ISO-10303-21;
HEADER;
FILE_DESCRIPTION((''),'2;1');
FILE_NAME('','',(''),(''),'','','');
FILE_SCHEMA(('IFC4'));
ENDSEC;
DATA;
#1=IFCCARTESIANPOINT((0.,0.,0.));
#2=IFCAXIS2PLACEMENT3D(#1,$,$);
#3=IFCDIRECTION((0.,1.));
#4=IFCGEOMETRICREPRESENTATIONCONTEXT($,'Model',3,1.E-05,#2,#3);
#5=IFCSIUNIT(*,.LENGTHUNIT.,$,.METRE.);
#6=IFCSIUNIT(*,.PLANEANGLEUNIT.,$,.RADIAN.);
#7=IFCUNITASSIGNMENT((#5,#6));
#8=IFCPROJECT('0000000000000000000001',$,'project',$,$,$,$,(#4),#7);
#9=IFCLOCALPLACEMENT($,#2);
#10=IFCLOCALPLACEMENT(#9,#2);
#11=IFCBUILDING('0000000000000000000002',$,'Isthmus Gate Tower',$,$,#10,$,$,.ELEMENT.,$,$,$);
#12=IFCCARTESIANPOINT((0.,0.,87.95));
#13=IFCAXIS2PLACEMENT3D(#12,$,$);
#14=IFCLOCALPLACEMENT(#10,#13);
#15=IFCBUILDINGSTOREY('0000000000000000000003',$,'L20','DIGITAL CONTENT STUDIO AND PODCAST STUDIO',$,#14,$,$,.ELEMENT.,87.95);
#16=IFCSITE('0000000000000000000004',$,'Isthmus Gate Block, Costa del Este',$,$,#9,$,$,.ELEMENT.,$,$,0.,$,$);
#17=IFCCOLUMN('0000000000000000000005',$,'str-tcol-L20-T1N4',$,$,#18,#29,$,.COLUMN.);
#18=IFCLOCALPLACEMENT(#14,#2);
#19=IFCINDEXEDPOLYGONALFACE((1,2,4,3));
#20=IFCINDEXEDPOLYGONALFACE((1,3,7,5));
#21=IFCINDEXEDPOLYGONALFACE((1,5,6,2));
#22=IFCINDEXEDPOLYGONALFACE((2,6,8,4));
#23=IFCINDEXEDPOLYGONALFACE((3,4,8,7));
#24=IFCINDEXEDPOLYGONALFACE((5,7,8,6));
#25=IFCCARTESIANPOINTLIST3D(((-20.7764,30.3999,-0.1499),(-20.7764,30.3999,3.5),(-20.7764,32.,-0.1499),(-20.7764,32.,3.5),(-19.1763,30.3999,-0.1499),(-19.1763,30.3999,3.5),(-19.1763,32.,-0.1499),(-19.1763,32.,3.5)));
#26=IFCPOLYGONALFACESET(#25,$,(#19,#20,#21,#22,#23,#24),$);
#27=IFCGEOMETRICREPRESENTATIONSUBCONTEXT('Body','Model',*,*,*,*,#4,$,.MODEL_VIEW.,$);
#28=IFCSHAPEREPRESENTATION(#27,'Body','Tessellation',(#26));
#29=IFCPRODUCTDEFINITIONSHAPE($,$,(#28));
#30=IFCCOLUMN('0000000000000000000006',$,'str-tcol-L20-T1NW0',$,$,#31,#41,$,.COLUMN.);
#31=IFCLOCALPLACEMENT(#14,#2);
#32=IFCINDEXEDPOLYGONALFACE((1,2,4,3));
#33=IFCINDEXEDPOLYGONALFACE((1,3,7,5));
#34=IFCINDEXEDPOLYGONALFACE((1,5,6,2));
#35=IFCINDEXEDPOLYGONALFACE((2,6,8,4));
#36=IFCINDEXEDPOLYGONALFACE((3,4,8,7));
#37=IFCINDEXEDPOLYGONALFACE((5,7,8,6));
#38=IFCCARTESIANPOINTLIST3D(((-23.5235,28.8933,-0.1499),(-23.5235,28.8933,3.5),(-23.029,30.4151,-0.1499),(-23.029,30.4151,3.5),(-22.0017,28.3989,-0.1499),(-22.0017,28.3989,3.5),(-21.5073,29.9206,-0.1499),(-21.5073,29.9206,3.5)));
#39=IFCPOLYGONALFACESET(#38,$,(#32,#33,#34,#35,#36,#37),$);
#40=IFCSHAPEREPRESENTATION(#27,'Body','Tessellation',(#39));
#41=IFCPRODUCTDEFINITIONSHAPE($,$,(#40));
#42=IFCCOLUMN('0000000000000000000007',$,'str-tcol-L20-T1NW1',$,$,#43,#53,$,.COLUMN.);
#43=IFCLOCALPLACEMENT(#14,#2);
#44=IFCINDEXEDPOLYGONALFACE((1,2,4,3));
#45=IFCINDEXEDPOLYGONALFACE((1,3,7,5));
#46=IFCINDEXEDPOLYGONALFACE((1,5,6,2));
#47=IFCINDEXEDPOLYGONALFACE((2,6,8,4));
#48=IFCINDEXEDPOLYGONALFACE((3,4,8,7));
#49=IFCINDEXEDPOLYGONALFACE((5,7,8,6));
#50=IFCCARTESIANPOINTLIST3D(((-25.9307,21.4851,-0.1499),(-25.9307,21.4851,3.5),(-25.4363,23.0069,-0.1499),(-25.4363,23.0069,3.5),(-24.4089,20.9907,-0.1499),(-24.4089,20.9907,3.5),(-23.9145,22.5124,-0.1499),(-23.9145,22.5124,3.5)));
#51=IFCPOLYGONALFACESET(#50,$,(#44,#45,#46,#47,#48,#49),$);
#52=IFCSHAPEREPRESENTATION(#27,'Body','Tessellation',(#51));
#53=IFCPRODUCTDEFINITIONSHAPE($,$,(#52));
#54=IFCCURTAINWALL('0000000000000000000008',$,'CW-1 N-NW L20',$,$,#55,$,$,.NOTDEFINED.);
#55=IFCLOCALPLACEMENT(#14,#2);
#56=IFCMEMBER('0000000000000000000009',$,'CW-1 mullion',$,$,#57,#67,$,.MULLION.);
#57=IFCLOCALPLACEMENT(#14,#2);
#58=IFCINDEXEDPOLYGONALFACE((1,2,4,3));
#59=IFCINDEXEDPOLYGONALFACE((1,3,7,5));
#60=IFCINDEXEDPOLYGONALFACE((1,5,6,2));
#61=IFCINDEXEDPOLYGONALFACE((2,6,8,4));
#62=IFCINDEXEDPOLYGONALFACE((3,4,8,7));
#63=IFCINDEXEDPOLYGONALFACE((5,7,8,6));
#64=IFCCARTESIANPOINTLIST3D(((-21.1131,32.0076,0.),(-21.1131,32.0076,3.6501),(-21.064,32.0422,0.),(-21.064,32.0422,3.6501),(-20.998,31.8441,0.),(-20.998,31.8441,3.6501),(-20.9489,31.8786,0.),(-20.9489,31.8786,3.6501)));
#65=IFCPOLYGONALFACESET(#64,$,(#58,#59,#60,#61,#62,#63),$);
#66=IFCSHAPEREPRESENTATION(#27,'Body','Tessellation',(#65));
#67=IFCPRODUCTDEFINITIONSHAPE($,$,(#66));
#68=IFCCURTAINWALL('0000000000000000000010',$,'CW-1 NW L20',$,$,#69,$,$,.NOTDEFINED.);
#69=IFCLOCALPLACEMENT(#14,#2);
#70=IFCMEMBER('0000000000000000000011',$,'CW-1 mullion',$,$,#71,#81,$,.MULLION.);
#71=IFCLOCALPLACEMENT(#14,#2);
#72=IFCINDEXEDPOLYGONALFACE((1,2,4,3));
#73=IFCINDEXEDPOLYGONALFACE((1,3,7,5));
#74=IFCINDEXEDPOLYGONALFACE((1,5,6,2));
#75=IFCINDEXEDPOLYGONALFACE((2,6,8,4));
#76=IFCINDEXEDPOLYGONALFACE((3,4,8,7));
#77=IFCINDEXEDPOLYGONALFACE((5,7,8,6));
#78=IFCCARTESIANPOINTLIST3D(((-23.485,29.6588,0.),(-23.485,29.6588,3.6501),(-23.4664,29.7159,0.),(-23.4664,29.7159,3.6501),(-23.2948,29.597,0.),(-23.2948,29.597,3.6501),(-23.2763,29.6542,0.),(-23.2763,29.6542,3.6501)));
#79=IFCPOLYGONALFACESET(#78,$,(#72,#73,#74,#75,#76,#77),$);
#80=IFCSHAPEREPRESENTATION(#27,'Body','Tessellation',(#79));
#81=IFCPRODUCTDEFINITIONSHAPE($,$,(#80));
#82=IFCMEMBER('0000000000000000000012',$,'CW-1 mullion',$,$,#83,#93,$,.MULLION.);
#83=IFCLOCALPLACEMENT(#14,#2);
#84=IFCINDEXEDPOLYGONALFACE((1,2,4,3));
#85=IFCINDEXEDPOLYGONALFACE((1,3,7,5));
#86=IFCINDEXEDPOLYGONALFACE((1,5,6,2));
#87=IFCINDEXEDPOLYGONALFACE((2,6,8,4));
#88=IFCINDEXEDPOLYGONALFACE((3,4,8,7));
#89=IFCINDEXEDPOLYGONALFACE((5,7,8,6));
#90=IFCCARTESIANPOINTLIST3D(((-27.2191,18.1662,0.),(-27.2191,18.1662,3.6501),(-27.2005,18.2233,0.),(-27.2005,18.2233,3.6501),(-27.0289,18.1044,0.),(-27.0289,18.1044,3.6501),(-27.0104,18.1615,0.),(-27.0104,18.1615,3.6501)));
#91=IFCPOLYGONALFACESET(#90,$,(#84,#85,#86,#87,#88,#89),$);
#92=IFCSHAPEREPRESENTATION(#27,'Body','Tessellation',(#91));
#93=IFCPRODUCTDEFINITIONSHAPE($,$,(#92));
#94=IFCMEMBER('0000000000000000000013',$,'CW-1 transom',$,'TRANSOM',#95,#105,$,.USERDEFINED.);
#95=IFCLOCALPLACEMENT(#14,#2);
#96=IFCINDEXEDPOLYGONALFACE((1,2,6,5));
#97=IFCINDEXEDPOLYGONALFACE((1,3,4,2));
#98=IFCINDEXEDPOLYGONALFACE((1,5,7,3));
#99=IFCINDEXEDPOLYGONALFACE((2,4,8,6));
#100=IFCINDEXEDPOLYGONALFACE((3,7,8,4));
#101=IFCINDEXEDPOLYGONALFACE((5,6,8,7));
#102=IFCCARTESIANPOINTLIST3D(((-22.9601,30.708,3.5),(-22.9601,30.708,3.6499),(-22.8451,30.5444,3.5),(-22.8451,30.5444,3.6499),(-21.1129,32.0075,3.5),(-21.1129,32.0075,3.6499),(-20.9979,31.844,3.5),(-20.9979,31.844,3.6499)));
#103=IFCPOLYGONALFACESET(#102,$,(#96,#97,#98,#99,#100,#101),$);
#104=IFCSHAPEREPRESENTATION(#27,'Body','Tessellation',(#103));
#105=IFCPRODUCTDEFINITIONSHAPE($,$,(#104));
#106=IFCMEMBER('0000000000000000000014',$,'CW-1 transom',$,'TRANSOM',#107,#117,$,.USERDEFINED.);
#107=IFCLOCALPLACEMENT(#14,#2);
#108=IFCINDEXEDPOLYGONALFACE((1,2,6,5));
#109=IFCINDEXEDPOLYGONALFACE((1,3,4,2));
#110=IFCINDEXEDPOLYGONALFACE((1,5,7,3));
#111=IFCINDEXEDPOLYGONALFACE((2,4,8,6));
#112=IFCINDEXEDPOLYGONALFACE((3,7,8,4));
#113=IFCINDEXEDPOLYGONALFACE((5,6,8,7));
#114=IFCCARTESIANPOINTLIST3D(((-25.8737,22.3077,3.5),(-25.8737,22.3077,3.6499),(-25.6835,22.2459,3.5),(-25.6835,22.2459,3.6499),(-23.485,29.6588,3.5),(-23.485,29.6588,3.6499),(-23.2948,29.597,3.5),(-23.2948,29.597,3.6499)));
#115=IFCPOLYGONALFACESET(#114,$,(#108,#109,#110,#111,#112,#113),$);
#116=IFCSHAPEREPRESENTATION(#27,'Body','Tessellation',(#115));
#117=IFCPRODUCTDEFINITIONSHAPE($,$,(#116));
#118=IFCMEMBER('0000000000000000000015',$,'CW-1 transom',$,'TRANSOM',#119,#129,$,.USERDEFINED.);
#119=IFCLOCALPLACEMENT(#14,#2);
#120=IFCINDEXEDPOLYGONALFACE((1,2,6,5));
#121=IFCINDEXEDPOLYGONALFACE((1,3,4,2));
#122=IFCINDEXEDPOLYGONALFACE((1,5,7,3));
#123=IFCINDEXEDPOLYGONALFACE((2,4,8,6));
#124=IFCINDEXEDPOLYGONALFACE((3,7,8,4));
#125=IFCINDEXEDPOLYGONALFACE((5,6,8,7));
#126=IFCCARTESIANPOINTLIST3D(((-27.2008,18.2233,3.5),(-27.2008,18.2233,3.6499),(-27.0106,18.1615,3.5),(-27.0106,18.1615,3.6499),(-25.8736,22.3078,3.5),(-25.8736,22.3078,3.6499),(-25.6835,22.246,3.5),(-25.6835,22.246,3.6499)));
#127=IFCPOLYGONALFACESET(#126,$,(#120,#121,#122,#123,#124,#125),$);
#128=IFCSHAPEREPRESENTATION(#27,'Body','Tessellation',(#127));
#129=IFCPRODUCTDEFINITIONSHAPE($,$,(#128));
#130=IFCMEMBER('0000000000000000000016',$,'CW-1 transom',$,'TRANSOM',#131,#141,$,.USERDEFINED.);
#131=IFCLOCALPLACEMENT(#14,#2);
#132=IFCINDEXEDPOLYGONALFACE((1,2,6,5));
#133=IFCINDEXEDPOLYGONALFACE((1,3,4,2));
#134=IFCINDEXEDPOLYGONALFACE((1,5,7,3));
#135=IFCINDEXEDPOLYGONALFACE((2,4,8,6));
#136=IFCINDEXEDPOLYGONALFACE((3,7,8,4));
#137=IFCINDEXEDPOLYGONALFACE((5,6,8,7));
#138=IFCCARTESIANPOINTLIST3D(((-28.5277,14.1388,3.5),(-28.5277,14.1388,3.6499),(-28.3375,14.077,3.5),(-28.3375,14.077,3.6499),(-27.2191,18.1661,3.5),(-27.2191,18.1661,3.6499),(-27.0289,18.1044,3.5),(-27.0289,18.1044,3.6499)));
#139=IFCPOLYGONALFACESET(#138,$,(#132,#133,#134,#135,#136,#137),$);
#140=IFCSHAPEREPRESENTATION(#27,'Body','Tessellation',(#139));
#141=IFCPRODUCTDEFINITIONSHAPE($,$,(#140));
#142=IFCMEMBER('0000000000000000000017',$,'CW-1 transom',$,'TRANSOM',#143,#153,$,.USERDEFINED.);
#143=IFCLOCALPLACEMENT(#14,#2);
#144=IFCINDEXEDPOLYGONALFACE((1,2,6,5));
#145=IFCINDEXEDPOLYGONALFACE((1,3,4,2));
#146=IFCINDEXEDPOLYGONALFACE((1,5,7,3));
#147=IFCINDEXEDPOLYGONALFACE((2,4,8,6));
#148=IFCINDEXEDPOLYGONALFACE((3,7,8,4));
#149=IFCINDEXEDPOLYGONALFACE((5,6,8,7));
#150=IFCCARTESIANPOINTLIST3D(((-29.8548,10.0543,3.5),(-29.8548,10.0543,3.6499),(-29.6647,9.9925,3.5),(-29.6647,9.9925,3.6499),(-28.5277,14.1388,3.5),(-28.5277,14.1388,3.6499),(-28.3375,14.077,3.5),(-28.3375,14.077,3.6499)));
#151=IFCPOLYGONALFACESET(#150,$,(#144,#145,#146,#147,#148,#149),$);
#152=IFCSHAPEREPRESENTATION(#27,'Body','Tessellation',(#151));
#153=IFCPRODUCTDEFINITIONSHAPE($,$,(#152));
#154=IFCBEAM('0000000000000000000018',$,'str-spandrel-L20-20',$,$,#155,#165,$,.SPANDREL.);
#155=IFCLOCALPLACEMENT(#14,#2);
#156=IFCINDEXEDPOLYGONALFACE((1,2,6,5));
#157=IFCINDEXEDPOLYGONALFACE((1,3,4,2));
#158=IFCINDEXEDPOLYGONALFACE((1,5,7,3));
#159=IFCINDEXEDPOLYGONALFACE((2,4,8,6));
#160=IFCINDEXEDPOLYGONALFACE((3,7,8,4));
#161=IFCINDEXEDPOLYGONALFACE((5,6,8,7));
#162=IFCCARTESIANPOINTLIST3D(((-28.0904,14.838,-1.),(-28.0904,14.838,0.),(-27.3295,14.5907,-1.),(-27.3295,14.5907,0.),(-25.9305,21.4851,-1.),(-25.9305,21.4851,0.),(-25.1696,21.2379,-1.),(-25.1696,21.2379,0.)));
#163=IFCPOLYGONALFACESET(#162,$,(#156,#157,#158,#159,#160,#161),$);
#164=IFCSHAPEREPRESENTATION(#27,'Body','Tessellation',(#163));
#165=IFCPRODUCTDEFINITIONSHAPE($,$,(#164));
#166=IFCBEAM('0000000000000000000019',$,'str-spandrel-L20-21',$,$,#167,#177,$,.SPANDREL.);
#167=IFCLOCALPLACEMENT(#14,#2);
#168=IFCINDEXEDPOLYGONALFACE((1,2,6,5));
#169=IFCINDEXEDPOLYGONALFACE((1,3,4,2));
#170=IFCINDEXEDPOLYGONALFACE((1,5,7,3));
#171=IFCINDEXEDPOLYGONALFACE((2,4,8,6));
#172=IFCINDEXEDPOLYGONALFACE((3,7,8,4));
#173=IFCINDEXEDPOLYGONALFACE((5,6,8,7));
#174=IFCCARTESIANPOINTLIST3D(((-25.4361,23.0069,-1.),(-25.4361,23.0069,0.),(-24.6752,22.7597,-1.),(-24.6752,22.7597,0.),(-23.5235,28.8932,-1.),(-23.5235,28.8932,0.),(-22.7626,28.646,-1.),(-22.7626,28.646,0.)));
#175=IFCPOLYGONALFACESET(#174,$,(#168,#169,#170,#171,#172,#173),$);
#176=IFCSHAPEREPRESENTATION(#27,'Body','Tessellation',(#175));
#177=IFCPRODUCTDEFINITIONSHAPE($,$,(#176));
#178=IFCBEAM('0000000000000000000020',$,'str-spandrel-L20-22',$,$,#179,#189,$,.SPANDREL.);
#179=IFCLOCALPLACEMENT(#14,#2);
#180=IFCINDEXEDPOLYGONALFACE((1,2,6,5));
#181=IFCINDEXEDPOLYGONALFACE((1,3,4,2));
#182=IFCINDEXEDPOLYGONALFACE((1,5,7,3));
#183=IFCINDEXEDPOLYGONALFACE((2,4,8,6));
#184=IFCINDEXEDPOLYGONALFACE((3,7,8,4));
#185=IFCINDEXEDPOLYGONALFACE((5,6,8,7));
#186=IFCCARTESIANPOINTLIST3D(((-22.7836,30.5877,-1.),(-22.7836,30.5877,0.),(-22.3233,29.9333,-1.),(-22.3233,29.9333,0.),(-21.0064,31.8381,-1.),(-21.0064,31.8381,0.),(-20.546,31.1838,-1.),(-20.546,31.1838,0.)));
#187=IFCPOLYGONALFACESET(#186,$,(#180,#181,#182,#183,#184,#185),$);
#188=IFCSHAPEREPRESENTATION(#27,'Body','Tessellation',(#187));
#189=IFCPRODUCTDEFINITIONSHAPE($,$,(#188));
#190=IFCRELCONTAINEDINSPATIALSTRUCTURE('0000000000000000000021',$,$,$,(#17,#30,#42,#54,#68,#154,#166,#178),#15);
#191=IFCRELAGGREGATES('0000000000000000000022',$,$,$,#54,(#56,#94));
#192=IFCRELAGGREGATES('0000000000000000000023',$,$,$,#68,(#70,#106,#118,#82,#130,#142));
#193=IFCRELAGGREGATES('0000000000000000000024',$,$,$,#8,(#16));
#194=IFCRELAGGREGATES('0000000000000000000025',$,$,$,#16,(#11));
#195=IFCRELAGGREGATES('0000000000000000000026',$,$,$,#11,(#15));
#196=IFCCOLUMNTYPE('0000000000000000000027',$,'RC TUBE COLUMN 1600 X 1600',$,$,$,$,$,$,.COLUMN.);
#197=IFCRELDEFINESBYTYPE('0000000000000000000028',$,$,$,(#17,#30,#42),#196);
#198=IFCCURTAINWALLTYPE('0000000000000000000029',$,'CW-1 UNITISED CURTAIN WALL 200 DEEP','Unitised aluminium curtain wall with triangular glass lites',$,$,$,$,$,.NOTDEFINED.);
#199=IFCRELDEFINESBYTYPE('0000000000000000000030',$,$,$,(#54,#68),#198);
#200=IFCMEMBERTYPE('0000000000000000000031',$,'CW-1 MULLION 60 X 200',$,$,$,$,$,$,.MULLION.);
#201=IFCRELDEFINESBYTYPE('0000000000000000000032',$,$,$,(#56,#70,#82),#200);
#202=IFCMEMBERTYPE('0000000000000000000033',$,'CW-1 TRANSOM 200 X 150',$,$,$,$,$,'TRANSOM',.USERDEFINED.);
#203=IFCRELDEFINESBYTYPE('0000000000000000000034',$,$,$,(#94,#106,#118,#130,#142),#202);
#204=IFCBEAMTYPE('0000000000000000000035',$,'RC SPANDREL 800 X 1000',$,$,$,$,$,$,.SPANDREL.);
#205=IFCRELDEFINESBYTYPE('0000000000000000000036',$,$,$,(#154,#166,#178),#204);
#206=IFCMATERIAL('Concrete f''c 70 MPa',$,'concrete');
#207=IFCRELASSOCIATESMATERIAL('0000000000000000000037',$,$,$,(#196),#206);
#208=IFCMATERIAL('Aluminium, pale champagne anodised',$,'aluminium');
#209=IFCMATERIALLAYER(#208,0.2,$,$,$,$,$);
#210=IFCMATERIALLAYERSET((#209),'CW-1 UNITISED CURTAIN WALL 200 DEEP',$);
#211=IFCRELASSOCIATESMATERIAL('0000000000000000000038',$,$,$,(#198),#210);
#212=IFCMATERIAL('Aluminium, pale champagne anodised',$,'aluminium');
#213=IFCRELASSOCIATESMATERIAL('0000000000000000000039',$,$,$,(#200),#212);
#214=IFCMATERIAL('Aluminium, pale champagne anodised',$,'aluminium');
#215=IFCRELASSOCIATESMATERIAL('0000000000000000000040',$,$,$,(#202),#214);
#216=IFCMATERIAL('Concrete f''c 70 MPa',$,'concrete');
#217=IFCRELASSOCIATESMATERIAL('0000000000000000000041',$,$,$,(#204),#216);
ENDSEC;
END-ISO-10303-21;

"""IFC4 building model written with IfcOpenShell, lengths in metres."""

from ifc_helpers import new_model, si_unit, direction, frame, origin, origin_2d, place, context, subcontext, project, spatial, rectangle, extrude, material, layer, layer_set, material_profile, profile_set, type_object, element, aggregate, save


model = new_model("IFC4")

# Units and contexts
model_context = context("Model", 3, precision=1e-05, world=origin(), true_north=direction((0.0, 1.0)))
body_context = subcontext(model_context, "Body", "Model", "MODEL_VIEW")
ifc_project = project(units=[si_unit("LENGTHUNIT", "METRE"), si_unit("PLANEANGLEUNIT", "RADIAN")], contexts=[model_context])

# Site, building, storey
site_placement = place(None, origin())
site = spatial("IfcSite", under=ifc_project, at=site_placement, Name="Isthmus Gate Block, Costa del Este", CompositionType="ELEMENT", RefElevation=0.0)
building_placement = place(site_placement, origin())
building = spatial("IfcBuilding", under=site, at=building_placement, Name="Isthmus Gate Tower", CompositionType="ELEMENT")
storey_placement = place(building_placement, frame((0.0, 0.0, 87.95)))
storey = spatial("IfcBuildingStorey", under=building, at=storey_placement, Name="L20", Description="DIGITAL CONTENT STUDIO AND PODCAST STUDIO", CompositionType="ELEMENT", Elevation=87.95)

# Columns
ifc_material_1 = material(Name="Concrete f'c 70 MPa", Category="concrete")
ifc_material_profile_1 = material_profile(ifc_material_1, rectangle(XDim=1.6001, YDim=1.6001, at=origin_2d()), Name="RC 1600X1600")
ifc_profile_set_1 = profile_set([ifc_material_profile_1], Name="Concrete f'c 70 MPa")
column_type = type_object("IfcColumnType", Name="RC TUBE COLUMN 1600 X 1600", PredefinedType="COLUMN", material=ifc_profile_set_1)
for number, where, z_axis, x_axis, name in (
    (1, (-19.9763, 31.2, -0.1499), (0.0, 0.0, 1.0), (-1.0, 0.0, 0.0), "str-tcol-L20-T1N4"),
    (2, (-22.5154, 29.407, -0.1499), (0.0, 0.0, 1.0), (-0.309017, -0.951057, 0.0), "str-tcol-L20-T1NW0"),
    (3, (-24.9226, 21.9988, -0.1499), (0.0, 0.0, 1.0), (-0.309017, -0.951057, 0.0), "str-tcol-L20-T1NW1"),
):
    element("IfcColumn", number, at=place(storey_placement, frame(where, z_axis=z_axis, x_axis=x_axis)), inside=storey, type_object=column_type, Name=name, PredefinedType="COLUMN", context=body_context, shape_type="SweptSolid", body=[
        extrude(rectangle(XDim=1.6001, YDim=1.6001, at=origin_2d()), origin(), (0.0, 0.0, 1.0), 3.6499),
    ])

# Curtain wall, member
ifc_material_2 = material(Name="Aluminium, pale champagne anodised", Category="aluminium")
ifc_layer_1 = layer(ifc_material_2, 0.2)
ifc_layer_set_1 = layer_set([ifc_layer_1], Name="CW-1 UNITISED CURTAIN WALL 200 DEEP")
curtain_wall_type = type_object("IfcCurtainWallType", Name="CW-1 UNITISED CURTAIN WALL 200 DEEP", Description="Unitised aluminium curtain wall with triangular glass lites", PredefinedType="NOTDEFINED", material=ifc_layer_set_1)
curtain_wall_1_placement = place(storey_placement, origin())
curtain_wall_1 = element("IfcCurtainWall", 4, at=curtain_wall_1_placement, inside=storey, type_object=curtain_wall_type, Name="CW-1 N-NW L20", PredefinedType="NOTDEFINED")
ifc_material_3 = material(Name="Aluminium, pale champagne anodised", Category="aluminium")
ifc_material_profile_2 = material_profile(ifc_material_3, rectangle(XDim=0.0601, YDim=0.2, at=origin_2d()), Name="60x200")
ifc_profile_set_2 = profile_set([ifc_material_profile_2], Name="Aluminium, pale champagne anodised")
member_type_1 = type_object("IfcMemberType", Name="CW-1 MULLION 60 X 200", PredefinedType="MULLION", material=ifc_profile_set_2)
member_1_placement = place(storey_placement, frame((-21.031, 31.9431, 0.0), z_axis=(0.0, 0.0, 1.0), x_axis=(-0.81786, -0.575418, 0.0)))
member_1 = element("IfcMember", 5, at=member_1_placement, type_object=member_type_1, Name="CW-1 mullion", PredefinedType="MULLION", context=body_context, shape_type="SweptSolid", body=[
    extrude(rectangle(XDim=0.0601, YDim=0.2, at=origin_2d()), origin(), (0.0, 0.0, 1.0), 3.6501),
])

# Curtain wall, members
curtain_wall_2_placement = place(storey_placement, origin())
curtain_wall_2 = element("IfcCurtainWall", 6, at=curtain_wall_2_placement, inside=storey, type_object=curtain_wall_type, Name="CW-1 NW L20", PredefinedType="NOTDEFINED")
member_2_placement = place(storey_placement, frame((-23.3806, 29.6565, 0.0), z_axis=(0.0, 0.0, 1.0), x_axis=(-0.309017, -0.951057, 0.0)))
member_2 = element("IfcMember", 7, at=member_2_placement, type_object=member_type_1, Name="CW-1 mullion", PredefinedType="MULLION", context=body_context, shape_type="SweptSolid", body=[
    extrude(rectangle(XDim=0.0601, YDim=0.2, at=origin_2d()), origin(), (0.0, 0.0, 1.0), 3.6501),
])
member_3_placement = place(storey_placement, frame((-27.1147, 18.1638, 0.0), z_axis=(0.0, 0.0, 1.0), x_axis=(-0.309017, -0.951057, 0.0)))
member_3 = element("IfcMember", 8, at=member_3_placement, type_object=member_type_1, Name="CW-1 mullion", PredefinedType="MULLION", context=body_context, shape_type="SweptSolid", body=[
    extrude(rectangle(XDim=0.0601, YDim=0.2, at=origin_2d()), origin(), (0.0, 0.0, 1.0), 3.6501),
])

# Members
ifc_material_4 = material(Name="Aluminium, pale champagne anodised", Category="aluminium")
ifc_material_profile_3 = material_profile(ifc_material_4, rectangle(XDim=0.2, YDim=0.1499, at=origin_2d()), Name="200x150")
ifc_profile_set_3 = profile_set([ifc_material_profile_3], Name="Aluminium, pale champagne anodised")
member_type_2 = type_object("IfcMemberType", Name="CW-1 TRANSOM 200 X 150", ElementType="TRANSOM", PredefinedType="USERDEFINED", material=ifc_profile_set_3)
member_4_placement = place(storey_placement, frame((-21.0554, 31.9258, 3.575), z_axis=(-0.817869, -0.575405, 0.0), x_axis=(0.575405, -0.817869, 0.0)))
member_4 = element("IfcMember", 9, at=member_4_placement, type_object=member_type_2, Name="CW-1 transom", ObjectType="TRANSOM", PredefinedType="USERDEFINED", context=body_context, shape_type="SweptSolid", body=[
    extrude(rectangle(XDim=0.2, YDim=0.1499, at=origin_2d()), origin(), (0.0, 0.0, 1.0), 2.2585),
])
member_5_placement = place(storey_placement, frame((-23.3899, 29.6279, 3.575), z_axis=(-0.309036, -0.95105, 0.0), x_axis=(0.95105, -0.309036, 0.0)))
member_5 = element("IfcMember", 10, at=member_5_placement, type_object=member_type_2, Name="CW-1 transom", ObjectType="TRANSOM", PredefinedType="USERDEFINED", context=body_context, shape_type="SweptSolid", body=[
    extrude(rectangle(XDim=0.2, YDim=0.1499, at=origin_2d()), origin(), (0.0, 0.0, 1.0), 7.7295),
])
member_6_placement = place(storey_placement, frame((-25.7786, 22.2769, 3.575), z_axis=(-0.309022, -0.951055, 0.0), x_axis=(0.951055, -0.309022, 0.0)))
member_6 = element("IfcMember", 11, at=member_6_placement, type_object=member_type_2, Name="CW-1 transom", ObjectType="TRANSOM", PredefinedType="USERDEFINED", context=body_context, shape_type="SweptSolid", body=[
    extrude(rectangle(XDim=0.2, YDim=0.1499, at=origin_2d()), origin(), (0.0, 0.0, 1.0), 4.2947),
])
member_7_placement = place(storey_placement, frame((-27.124, 18.1353, 3.575), z_axis=(-0.309023, -0.951054, 0.0), x_axis=(0.951054, -0.309023, 0.0)))
member_7 = element("IfcMember", 12, at=member_7_placement, type_object=member_type_2, Name="CW-1 transom", ObjectType="TRANSOM", PredefinedType="USERDEFINED", context=body_context, shape_type="SweptSolid", body=[
    extrude(rectangle(XDim=0.2, YDim=0.1499, at=origin_2d()), origin(), (0.0, 0.0, 1.0), 4.2346),
])
member_8_placement = place(storey_placement, frame((-28.4326, 14.1079, 3.575), z_axis=(-0.309022, -0.951055, 0.0), x_axis=(0.951055, -0.309022, 0.0)))
member_8 = element("IfcMember", 13, at=member_8_placement, type_object=member_type_2, Name="CW-1 transom", ObjectType="TRANSOM", PredefinedType="USERDEFINED", context=body_context, shape_type="SweptSolid", body=[
    extrude(rectangle(XDim=0.2, YDim=0.1499, at=origin_2d()), origin(), (0.0, 0.0, 1.0), 4.2947),
])

# Beams
ifc_material_5 = material(Name="Concrete f'c 70 MPa", Category="concrete")
ifc_material_profile_4 = material_profile(ifc_material_5, rectangle(XDim=0.8, YDim=1.0, at=origin_2d()), Name="RC 800X1000")
ifc_profile_set_4 = profile_set([ifc_material_profile_4], Name="Concrete f'c 70 MPa")
beam_type_1 = type_object("IfcBeamType", Name="RC SPANDREL 800 X 1000", PredefinedType="SPANDREL", material=ifc_profile_set_4)
beam_1_placement = place(storey_placement, frame((-27.71, 14.7144, -0.5), z_axis=(0.30903, 0.951052, 0.0), x_axis=(-0.951052, 0.30903, 0.0)))
element("IfcBeam", 14, at=beam_1_placement, inside=storey, type_object=beam_type_1, Name="str-spandrel-L20-20", PredefinedType="SPANDREL", context=body_context, shape_type="SweptSolid", body=[
    extrude(rectangle(XDim=0.8, YDim=1.0, at=origin_2d()), origin(), (0.0, 0.0, 1.0), 6.9893),
])
beam_2_placement = place(storey_placement, frame((-25.0557, 22.8833, -0.5), z_axis=(0.309024, 0.951054, 0.0), x_axis=(-0.951054, 0.309024, 0.0)))
element("IfcBeam", 15, at=beam_2_placement, inside=storey, type_object=beam_type_1, Name="str-spandrel-L20-21", PredefinedType="SPANDREL", context=body_context, shape_type="SweptSolid", body=[
    extrude(rectangle(XDim=0.8, YDim=1.0, at=origin_2d()), origin(), (0.0, 0.0, 1.0), 6.1892),
])
beam_3_placement = place(storey_placement, frame((-22.5535, 30.2605, -0.5), z_axis=(0.817857, 0.575421, 0.0), x_axis=(-0.575421, 0.817857, 0.0)))
element("IfcBeam", 16, at=beam_3_placement, inside=storey, type_object=beam_type_1, Name="str-spandrel-L20-22", PredefinedType="SPANDREL", context=body_context, shape_type="SweptSolid", body=[
    extrude(rectangle(XDim=0.8, YDim=1.0, at=origin_2d()), origin(), (0.0, 0.0, 1.0), 2.1731),
])

aggregate(curtain_wall_1, [member_1, member_4])

aggregate(curtain_wall_2, [member_2, member_5, member_6, member_3, member_7, member_8])

save(model, "model.ifc")
